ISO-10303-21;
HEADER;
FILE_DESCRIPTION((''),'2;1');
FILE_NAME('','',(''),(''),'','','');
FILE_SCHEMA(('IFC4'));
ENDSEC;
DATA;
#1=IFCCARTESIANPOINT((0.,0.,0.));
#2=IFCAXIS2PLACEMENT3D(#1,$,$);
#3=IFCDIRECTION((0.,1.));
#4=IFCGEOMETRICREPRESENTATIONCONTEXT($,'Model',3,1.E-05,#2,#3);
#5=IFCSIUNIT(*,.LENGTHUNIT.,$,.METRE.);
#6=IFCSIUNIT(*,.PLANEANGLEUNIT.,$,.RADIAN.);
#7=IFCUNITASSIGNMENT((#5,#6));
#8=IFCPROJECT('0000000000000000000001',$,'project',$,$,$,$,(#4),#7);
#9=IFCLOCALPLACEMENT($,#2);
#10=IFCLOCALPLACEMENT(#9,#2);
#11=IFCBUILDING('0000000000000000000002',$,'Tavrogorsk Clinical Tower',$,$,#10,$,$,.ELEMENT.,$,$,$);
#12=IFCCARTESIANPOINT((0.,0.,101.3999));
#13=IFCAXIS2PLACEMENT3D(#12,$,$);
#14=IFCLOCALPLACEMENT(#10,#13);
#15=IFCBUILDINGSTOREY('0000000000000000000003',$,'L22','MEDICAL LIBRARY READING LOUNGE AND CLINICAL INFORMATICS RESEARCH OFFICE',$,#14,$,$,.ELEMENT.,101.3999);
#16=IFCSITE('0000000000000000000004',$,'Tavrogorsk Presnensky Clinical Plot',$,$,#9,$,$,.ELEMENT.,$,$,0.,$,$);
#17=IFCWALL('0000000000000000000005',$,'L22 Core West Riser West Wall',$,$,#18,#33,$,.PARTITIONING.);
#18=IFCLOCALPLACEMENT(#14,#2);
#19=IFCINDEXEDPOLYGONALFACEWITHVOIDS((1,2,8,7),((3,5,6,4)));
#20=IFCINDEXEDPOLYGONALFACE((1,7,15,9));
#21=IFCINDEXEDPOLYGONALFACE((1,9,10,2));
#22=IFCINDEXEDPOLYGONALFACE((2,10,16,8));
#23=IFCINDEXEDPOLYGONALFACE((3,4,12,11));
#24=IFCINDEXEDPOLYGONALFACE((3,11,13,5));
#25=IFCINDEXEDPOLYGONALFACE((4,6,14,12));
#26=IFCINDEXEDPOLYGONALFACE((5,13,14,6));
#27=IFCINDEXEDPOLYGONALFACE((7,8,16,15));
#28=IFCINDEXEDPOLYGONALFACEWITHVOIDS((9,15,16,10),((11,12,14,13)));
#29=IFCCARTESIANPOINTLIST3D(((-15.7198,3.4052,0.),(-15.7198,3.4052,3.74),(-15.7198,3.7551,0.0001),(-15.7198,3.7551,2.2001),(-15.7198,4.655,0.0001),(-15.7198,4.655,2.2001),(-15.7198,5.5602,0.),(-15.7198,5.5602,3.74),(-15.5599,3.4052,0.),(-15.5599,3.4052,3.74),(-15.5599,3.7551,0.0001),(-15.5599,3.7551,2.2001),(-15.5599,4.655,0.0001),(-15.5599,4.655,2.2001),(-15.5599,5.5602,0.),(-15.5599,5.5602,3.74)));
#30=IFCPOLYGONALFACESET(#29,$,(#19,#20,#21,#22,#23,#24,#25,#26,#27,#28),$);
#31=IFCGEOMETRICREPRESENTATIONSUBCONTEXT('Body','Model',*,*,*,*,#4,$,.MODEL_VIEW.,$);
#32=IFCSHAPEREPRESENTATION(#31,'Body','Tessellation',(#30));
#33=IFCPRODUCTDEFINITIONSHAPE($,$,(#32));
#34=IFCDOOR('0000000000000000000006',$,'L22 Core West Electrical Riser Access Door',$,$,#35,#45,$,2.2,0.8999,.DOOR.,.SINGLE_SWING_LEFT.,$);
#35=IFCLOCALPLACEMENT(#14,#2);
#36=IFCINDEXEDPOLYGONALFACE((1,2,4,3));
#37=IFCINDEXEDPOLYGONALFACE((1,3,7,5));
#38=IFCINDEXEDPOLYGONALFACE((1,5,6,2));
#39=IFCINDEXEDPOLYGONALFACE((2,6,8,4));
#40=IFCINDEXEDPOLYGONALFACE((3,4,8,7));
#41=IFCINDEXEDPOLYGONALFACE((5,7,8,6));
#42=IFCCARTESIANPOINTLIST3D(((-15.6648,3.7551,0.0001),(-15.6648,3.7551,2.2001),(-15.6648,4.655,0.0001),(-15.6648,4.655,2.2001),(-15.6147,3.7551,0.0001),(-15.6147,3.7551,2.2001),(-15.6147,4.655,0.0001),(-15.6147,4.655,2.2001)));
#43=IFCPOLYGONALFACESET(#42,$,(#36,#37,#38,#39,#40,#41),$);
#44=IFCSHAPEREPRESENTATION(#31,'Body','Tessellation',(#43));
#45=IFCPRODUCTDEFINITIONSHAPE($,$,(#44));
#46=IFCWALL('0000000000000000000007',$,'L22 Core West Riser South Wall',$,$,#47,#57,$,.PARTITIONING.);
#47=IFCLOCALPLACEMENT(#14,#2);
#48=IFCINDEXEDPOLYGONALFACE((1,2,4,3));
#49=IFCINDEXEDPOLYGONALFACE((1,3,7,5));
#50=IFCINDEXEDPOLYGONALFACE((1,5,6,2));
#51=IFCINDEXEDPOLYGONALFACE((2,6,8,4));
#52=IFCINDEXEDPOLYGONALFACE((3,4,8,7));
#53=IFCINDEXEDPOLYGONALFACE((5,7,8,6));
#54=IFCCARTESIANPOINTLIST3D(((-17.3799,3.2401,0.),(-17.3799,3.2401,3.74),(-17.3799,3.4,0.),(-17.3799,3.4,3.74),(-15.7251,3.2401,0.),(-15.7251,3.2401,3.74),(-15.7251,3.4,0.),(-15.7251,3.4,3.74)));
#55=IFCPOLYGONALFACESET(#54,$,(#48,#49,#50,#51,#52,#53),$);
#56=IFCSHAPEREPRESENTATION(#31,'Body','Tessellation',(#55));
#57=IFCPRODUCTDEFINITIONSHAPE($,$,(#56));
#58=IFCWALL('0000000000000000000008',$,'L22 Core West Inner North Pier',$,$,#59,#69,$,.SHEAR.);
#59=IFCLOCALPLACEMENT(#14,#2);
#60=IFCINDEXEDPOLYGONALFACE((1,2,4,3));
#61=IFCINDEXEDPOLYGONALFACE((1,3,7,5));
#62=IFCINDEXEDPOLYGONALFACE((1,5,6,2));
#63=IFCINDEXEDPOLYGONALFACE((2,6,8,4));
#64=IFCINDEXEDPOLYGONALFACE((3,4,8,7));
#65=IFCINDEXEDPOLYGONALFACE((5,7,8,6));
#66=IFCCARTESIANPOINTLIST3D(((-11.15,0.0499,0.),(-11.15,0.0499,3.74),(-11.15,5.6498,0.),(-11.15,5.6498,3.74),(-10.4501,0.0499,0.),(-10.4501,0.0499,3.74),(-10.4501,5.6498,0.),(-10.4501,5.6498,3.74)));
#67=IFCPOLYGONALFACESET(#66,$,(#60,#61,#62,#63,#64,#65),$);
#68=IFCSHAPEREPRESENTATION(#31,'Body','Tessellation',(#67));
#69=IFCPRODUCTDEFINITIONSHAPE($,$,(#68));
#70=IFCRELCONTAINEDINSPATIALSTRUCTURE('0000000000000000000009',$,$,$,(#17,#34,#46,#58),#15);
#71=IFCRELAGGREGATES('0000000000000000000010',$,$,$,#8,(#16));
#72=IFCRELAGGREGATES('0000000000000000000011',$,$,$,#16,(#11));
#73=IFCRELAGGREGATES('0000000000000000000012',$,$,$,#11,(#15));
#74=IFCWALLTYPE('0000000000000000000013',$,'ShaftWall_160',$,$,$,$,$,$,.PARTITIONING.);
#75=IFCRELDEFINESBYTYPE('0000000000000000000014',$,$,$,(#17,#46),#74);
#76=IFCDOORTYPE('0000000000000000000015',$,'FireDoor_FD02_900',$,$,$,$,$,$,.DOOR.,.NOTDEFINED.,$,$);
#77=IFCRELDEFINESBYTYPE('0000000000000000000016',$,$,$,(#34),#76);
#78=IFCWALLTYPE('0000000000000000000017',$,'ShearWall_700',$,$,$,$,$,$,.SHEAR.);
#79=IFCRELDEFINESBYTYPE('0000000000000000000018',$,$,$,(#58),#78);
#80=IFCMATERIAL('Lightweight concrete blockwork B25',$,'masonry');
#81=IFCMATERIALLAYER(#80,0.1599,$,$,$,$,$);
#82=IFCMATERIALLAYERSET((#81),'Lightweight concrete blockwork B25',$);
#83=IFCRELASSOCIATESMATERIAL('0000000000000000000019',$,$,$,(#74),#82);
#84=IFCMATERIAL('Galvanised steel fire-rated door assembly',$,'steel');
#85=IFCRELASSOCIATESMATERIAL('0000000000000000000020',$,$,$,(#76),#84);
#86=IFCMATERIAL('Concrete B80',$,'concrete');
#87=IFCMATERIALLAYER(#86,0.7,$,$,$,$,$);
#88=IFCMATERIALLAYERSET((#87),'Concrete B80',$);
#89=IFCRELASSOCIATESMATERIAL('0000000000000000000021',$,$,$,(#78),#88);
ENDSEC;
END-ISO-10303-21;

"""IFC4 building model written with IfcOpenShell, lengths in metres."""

from ifc_helpers import new_model, si_unit, direction, frame, frame_2d, origin, place, context, subcontext, project, spatial, rectangle, extrude, material, layer, layer_set, type_object, element, fill, save


model = new_model("IFC4")

# Units and contexts
model_context = context("Model", 3, precision=1e-05, world=origin(), true_north=direction((0.0, 1.0)))
body_context = subcontext(model_context, "Body", "Model", "MODEL_VIEW")
ifc_project = project(units=[si_unit("LENGTHUNIT", "METRE"), si_unit("PLANEANGLEUNIT", "RADIAN")], contexts=[model_context])

# Site, building, storey
site_placement = place(None, origin())
site = spatial("IfcSite", under=ifc_project, at=site_placement, Name="Tavrogorsk Presnensky Clinical Plot", CompositionType="ELEMENT", RefElevation=0.0)
building_placement = place(site_placement, origin())
building = spatial("IfcBuilding", under=site, at=building_placement, Name="Tavrogorsk Clinical Tower", CompositionType="ELEMENT")
storey_placement = place(building_placement, frame((0.0, 0.0, 101.3999)))
storey = spatial("IfcBuildingStorey", under=building, at=storey_placement, Name="L22", Description="MEDICAL LIBRARY READING LOUNGE AND CLINICAL INFORMATICS RESEARCH OFFICE", CompositionType="ELEMENT", Elevation=101.3999)

# Shared definitions
ifc_material_1 = material(Name="Lightweight concrete blockwork B25", Category="masonry")
ifc_layer_1 = layer(ifc_material_1, 0.1599)
ifc_layer_set_1 = layer_set([ifc_layer_1], Name="Lightweight concrete blockwork B25")
wall_type_1 = type_object("IfcWallType", Name="ShaftWall_160", PredefinedType="PARTITIONING", material=ifc_layer_set_1)

# Wall, opening, door
wall_1_placement = place(storey_placement, frame((-15.6399, 3.405, 0.0), z_axis=(0.0, 0.0, 1.0), x_axis=(0.0, 1.0, 0.0)))
wall_1 = element("IfcWall", 1, at=wall_1_placement, inside=storey, type_object=wall_type_1, Name="L22 Core West Riser West Wall", PredefinedType="PARTITIONING", context=body_context, shape_type="SweptSolid", body=[
    extrude(rectangle(XDim=2.155, YDim=0.1599, at=frame_2d((1.0776, 0.0))), origin(), (0.0, 0.0, 1.0), 3.74),
])
opening_1_placement = place(wall_1_placement, frame((0.3501, 0.0, 0.0)))
opening_1 = element("IfcOpeningElement", 2, at=opening_1_placement, cuts=wall_1, PredefinedType="OPENING", context=body_context, shape_type="SweptSolid", body=[
    extrude(rectangle(XDim=0.8999, YDim=2.2, at=frame_2d((0.45, 1.1001))), frame((0.0, 0.0898, 0.0), z_axis=(0.0, -1.0, 0.0), x_axis=(1.0, 0.0, 0.0)), (0.0, 0.0, 1.0), 0.1799),
])
ifc_material_2 = material(Name="Galvanised steel fire-rated door assembly", Category="steel")
door_type_1 = type_object("IfcDoorType", Name="FireDoor_FD02_900", OperationType="NOTDEFINED", PredefinedType="DOOR", material=ifc_material_2)
door_1_placement = place(opening_1_placement, origin())
door_1 = element("IfcDoor", 3, at=door_1_placement, inside=storey, type_object=door_type_1, Name="L22 Core West Electrical Riser Access Door", OperationType="SINGLE_SWING_LEFT", OverallHeight=2.2, OverallWidth=0.8999, PredefinedType="DOOR", context=body_context, shape_type="SweptSolid", body=[
    extrude(rectangle(XDim=0.8999, YDim=2.2, at=frame_2d((0.45, 1.1001))), frame((0.0, 0.0249, 0.0), z_axis=(0.0, -1.0, 0.0), x_axis=(1.0, 0.0, 0.0)), (0.0, 0.0, 1.0), 0.05),
])
fill(opening_1, door_1)

# Walls
wall_2_placement = place(storey_placement, frame((-17.3799, 3.3201, 0.0), z_axis=(0.0, 0.0, 1.0), x_axis=(1.0, 0.0, 0.0)))
element("IfcWall", 4, at=wall_2_placement, inside=storey, type_object=wall_type_1, Name="L22 Core West Riser South Wall", PredefinedType="PARTITIONING", context=body_context, shape_type="SweptSolid", body=[
    extrude(rectangle(XDim=1.6548, YDim=0.1599, at=frame_2d((0.8274, 0.0))), origin(), (0.0, 0.0, 1.0), 3.74),
])
ifc_material_3 = material(Name="Concrete B80", Category="concrete")
ifc_layer_2 = layer(ifc_material_3, 0.7)
ifc_layer_set_2 = layer_set([ifc_layer_2], Name="Concrete B80")
wall_type_2 = type_object("IfcWallType", Name="ShearWall_700", PredefinedType="SHEAR", material=ifc_layer_set_2)
wall_3_placement = place(storey_placement, frame((-10.8, 0.05, 0.0), z_axis=(0.0, 0.0, 1.0), x_axis=(0.0, 1.0, 0.0)))
element("IfcWall", 5, at=wall_3_placement, inside=storey, type_object=wall_type_2, Name="L22 Core West Inner North Pier", PredefinedType="SHEAR", context=body_context, shape_type="SweptSolid", body=[
    extrude(rectangle(XDim=5.5999, YDim=0.7, at=frame_2d((2.7998, 0.0))), origin(), (0.0, 0.0, 1.0), 3.74),
])

save(model, "model.ifc")
